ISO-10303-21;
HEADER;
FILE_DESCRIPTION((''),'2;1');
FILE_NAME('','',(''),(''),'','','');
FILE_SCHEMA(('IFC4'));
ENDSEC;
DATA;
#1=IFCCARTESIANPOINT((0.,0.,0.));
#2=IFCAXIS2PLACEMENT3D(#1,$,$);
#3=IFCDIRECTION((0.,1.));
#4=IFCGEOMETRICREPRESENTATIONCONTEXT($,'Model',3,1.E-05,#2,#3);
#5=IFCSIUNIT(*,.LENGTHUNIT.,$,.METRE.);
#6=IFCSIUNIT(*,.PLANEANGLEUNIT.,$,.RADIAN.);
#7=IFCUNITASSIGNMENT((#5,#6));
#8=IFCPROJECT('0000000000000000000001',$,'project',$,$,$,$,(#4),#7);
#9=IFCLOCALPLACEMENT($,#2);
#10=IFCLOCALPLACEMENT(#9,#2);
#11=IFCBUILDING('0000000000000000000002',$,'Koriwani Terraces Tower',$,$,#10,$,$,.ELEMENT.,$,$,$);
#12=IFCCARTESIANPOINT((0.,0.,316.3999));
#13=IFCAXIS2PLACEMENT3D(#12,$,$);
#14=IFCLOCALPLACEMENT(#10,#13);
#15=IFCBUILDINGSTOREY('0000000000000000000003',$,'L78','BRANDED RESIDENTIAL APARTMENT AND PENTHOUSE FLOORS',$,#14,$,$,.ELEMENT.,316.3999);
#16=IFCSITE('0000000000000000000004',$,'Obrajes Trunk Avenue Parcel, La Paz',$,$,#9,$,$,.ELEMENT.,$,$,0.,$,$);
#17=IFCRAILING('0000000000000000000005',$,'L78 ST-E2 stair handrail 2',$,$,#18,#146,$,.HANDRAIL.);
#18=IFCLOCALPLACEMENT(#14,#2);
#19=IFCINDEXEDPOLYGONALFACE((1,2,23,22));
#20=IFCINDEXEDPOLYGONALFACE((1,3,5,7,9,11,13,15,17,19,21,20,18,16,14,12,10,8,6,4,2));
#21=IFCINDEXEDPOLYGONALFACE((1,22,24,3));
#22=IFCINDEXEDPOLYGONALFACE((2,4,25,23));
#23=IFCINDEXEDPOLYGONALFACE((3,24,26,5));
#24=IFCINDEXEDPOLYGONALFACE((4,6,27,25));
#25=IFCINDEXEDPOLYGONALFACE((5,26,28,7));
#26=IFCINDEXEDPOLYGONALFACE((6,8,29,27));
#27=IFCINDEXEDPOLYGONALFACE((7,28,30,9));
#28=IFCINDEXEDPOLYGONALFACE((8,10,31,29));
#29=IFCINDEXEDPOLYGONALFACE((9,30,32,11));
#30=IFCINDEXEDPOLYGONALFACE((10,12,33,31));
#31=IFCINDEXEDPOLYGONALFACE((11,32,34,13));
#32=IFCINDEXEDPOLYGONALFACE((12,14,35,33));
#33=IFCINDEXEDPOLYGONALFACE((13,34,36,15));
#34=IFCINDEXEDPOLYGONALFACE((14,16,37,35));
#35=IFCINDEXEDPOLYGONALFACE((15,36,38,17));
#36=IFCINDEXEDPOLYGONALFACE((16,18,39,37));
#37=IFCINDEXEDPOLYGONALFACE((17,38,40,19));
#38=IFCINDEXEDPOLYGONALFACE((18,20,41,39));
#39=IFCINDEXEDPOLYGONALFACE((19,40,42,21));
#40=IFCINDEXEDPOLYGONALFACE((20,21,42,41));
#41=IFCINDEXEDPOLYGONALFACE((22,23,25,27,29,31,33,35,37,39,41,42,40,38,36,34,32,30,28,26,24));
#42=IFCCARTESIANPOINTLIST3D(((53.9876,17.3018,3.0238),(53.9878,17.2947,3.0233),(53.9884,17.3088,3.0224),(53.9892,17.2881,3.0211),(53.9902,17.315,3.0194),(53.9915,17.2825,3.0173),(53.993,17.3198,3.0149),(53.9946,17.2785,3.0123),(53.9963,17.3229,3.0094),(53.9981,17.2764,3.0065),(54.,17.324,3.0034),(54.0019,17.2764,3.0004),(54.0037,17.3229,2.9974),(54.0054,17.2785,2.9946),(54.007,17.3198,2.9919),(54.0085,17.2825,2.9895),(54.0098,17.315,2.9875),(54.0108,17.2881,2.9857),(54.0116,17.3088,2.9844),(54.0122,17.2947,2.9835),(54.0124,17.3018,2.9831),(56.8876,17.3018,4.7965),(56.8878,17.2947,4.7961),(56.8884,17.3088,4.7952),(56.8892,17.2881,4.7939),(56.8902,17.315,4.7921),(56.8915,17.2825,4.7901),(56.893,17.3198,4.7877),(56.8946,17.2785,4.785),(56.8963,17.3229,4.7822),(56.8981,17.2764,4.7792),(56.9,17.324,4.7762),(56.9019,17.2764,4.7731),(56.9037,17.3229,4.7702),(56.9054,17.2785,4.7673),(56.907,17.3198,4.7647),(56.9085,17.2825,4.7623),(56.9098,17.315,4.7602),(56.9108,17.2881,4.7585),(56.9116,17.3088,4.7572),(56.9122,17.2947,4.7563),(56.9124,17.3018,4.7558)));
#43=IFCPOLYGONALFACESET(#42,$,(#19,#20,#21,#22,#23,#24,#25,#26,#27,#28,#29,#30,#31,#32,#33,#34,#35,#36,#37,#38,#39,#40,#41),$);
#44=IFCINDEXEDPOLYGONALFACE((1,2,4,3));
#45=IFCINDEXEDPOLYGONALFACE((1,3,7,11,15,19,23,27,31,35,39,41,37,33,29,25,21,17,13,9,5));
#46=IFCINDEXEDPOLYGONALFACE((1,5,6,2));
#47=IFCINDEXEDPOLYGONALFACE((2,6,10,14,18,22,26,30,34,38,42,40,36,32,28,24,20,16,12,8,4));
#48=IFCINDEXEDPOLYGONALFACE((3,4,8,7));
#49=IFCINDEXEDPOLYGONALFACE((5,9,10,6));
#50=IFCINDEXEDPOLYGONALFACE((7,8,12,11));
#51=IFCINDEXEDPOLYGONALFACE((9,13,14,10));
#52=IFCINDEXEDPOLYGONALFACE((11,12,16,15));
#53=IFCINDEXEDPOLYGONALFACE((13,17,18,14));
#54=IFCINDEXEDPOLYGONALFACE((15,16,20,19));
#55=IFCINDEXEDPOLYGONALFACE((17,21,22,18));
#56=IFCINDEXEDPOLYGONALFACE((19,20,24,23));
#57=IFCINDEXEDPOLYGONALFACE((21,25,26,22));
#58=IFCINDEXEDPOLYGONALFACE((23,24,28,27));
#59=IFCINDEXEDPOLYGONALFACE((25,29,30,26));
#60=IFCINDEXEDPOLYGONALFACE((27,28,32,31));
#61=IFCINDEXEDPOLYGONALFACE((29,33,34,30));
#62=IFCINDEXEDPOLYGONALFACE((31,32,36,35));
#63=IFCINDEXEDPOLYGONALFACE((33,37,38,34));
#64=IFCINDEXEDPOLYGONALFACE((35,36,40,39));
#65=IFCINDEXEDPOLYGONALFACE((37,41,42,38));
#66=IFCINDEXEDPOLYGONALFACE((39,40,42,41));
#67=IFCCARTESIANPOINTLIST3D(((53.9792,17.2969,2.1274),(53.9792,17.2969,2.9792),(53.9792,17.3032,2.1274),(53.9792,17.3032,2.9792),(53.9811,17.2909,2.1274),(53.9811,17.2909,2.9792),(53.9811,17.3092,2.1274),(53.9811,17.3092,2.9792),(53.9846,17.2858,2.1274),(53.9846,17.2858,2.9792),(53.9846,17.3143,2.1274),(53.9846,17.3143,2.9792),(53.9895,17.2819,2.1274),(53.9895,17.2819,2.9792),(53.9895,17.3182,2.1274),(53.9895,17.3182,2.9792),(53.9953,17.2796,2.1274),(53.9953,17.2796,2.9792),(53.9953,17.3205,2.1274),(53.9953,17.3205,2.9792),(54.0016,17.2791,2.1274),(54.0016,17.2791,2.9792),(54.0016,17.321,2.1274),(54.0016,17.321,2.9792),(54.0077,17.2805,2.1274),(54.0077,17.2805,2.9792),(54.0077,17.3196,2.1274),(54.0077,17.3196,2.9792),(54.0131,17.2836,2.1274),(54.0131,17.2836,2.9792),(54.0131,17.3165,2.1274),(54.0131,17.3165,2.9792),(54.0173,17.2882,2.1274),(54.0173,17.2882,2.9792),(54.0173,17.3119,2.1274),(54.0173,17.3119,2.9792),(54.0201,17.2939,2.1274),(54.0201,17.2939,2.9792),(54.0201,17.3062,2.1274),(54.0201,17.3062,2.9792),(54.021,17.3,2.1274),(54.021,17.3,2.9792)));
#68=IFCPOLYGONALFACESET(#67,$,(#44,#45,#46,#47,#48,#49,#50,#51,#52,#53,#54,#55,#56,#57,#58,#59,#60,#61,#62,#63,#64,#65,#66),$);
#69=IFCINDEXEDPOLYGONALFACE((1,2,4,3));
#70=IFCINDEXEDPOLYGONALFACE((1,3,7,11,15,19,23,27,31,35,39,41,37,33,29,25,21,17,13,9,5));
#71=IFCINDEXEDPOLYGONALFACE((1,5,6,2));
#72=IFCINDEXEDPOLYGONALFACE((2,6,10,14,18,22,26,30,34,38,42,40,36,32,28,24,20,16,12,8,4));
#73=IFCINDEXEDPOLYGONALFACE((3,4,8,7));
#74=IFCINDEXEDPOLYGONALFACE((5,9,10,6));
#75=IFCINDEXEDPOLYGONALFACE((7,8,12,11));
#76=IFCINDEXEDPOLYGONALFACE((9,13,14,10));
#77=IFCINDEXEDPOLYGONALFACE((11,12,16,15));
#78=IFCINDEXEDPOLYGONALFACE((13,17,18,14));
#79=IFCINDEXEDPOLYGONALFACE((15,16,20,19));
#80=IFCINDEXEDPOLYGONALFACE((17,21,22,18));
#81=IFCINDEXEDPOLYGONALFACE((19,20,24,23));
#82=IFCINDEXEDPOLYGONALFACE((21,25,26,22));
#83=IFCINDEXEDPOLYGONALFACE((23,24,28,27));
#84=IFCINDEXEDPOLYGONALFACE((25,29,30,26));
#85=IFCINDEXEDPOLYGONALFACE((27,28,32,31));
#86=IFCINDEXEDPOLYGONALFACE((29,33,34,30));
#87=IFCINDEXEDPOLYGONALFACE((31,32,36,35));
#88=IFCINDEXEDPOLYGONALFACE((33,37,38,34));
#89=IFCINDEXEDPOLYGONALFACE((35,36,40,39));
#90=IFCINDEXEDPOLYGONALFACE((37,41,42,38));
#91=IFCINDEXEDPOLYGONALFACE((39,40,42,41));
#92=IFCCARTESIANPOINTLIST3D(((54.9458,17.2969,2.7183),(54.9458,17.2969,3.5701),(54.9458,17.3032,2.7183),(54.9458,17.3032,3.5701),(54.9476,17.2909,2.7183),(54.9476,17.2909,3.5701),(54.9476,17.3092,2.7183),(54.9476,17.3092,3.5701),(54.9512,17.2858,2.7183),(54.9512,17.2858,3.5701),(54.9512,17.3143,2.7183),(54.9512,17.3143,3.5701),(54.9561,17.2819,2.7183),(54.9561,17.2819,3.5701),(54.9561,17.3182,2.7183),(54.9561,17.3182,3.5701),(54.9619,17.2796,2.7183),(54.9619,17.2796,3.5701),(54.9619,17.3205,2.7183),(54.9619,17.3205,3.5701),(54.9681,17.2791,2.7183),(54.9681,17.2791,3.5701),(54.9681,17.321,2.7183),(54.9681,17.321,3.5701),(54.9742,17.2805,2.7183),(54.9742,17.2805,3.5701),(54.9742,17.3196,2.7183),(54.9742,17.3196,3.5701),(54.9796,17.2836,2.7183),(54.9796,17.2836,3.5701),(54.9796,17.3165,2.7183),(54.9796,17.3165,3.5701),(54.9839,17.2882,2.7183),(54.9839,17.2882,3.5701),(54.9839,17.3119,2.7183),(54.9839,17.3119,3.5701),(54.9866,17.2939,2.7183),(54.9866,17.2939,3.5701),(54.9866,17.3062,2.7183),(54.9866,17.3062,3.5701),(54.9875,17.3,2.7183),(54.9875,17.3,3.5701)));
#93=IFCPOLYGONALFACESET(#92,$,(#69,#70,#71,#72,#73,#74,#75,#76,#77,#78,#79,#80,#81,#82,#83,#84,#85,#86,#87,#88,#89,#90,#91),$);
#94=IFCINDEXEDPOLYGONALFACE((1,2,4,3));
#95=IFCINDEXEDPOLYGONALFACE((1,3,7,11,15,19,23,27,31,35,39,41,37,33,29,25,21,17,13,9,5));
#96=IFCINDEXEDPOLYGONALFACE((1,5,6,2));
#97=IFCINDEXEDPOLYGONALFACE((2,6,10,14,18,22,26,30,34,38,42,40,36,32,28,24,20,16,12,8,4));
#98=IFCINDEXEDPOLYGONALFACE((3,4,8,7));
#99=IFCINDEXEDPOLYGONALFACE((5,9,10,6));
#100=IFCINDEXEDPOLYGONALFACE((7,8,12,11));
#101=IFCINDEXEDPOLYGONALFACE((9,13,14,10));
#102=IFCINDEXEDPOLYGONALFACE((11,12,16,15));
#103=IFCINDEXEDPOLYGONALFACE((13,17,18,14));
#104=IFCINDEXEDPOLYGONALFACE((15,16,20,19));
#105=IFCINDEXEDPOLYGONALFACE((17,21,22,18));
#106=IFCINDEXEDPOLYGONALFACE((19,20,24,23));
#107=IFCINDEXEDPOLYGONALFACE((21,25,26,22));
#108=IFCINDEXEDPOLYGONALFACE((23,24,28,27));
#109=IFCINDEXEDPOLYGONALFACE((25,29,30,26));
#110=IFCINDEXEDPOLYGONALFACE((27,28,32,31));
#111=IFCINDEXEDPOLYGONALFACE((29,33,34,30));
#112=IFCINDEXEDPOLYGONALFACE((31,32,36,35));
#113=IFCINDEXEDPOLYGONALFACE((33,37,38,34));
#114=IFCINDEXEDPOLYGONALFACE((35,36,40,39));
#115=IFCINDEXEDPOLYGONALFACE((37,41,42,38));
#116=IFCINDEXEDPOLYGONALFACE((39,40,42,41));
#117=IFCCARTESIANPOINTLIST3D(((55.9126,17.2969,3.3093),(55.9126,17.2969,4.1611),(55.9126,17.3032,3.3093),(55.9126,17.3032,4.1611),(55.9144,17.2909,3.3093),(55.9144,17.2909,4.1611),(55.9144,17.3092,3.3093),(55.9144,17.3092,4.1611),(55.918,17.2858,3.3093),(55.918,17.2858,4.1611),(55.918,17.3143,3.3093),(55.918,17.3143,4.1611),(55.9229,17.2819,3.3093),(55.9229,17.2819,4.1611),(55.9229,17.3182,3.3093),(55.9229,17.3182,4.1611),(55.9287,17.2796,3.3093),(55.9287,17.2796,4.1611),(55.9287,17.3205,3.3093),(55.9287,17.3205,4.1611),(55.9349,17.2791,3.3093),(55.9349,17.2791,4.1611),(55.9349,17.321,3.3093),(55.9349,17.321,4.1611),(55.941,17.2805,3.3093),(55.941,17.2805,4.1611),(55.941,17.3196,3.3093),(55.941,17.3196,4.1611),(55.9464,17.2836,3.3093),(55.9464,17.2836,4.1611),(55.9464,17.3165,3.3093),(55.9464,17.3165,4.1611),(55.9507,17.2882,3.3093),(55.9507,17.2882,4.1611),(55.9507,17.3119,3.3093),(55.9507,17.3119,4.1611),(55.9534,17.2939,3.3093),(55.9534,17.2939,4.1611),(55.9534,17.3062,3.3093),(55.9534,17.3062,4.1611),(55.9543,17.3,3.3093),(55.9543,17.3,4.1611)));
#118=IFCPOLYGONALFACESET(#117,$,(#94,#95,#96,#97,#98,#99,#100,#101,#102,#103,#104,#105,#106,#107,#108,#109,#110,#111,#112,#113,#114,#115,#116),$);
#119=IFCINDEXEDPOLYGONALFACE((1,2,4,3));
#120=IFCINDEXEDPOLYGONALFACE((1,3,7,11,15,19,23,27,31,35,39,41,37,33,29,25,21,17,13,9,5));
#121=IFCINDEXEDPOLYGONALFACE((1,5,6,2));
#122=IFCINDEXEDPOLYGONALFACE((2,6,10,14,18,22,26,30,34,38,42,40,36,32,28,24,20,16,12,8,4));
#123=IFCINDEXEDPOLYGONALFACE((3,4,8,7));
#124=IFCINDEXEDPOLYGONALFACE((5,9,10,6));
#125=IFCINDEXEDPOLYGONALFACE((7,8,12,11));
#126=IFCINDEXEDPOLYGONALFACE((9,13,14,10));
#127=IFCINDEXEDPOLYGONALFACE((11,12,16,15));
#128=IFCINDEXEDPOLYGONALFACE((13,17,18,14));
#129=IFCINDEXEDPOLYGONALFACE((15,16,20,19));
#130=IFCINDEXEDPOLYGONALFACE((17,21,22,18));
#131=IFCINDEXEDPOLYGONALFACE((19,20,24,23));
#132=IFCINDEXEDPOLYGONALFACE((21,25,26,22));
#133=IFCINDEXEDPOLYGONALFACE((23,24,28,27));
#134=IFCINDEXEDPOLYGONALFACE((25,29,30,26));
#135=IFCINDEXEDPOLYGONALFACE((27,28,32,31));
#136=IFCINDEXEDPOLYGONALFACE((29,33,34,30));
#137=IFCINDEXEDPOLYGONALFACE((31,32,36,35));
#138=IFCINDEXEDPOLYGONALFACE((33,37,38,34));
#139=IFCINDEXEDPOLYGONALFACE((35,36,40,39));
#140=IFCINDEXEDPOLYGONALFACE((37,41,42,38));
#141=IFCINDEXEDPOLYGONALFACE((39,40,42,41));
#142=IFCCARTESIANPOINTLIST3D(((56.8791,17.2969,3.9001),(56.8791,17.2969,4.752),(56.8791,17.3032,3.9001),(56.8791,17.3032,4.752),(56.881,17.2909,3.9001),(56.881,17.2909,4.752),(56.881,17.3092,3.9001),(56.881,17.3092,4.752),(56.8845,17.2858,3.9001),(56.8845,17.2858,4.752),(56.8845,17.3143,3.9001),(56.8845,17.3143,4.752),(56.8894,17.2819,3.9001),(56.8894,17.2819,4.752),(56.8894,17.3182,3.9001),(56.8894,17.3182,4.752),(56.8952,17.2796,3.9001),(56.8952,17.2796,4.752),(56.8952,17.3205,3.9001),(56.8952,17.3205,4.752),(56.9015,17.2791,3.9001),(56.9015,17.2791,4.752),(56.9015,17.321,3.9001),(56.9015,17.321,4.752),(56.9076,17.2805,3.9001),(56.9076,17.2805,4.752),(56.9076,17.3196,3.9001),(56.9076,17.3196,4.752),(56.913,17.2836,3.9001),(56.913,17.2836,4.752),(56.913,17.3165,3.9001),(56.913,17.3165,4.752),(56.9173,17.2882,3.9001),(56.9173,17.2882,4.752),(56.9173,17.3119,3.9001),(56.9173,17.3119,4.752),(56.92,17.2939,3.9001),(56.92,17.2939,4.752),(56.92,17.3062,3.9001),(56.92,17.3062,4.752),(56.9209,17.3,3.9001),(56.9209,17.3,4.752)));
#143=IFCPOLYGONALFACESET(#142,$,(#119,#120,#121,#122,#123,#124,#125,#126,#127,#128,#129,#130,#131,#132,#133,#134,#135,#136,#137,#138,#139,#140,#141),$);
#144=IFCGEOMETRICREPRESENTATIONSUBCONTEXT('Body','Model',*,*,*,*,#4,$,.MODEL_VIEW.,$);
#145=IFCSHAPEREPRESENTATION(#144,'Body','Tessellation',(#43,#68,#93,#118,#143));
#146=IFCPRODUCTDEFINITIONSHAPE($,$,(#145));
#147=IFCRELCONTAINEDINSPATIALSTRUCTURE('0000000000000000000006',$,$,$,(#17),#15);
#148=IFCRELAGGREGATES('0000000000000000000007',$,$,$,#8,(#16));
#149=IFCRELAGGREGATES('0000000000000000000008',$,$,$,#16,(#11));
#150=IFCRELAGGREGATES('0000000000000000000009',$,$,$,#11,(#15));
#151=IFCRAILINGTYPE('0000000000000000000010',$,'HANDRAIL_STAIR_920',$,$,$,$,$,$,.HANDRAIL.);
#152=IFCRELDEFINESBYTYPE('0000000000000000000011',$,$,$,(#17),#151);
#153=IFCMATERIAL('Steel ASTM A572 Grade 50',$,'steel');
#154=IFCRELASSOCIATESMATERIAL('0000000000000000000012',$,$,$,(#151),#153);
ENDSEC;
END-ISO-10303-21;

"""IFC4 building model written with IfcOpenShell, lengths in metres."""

from ifc_helpers import new_model, si_unit, direction, frame, origin, origin_2d, place, context, subcontext, project, spatial, circle, extrude, material, type_object, element, save


model = new_model("IFC4")

# Units and contexts
model_context = context("Model", 3, precision=1e-05, world=origin(), true_north=direction((0.0, 1.0)))
body_context = subcontext(model_context, "Body", "Model", "MODEL_VIEW")
ifc_project = project(units=[si_unit("LENGTHUNIT", "METRE"), si_unit("PLANEANGLEUNIT", "RADIAN")], contexts=[model_context])

# Site, building, storey
site_placement = place(None, origin())
site = spatial("IfcSite", under=ifc_project, at=site_placement, Name="Obrajes Trunk Avenue Parcel, La Paz", CompositionType="ELEMENT", RefElevation=0.0)
building_placement = place(site_placement, origin())
building = spatial("IfcBuilding", under=site, at=building_placement, Name="Koriwani Terraces Tower", CompositionType="ELEMENT")
storey_placement = place(building_placement, frame((0.0, 0.0, 316.3999)))
storey = spatial("IfcBuildingStorey", under=building, at=storey_placement, Name="L78", Description="BRANDED RESIDENTIAL APARTMENT AND PENTHOUSE FLOORS", CompositionType="ELEMENT", Elevation=316.3999)

# Shared definitions
ifc_material_1 = material(Name="Steel ASTM A572 Grade 50", Category="steel")

# Railing
railing_type_1 = type_object("IfcRailingType", Name="HANDRAIL_STAIR_920", PredefinedType="HANDRAIL", material=ifc_material_1)
for number, where, name in (
    (1, (54.0, 17.3, 2.1274), "L78 ST-E2 stair handrail 2"),
):
    element("IfcRailing", number, at=place(storey_placement, frame(where)), inside=storey, type_object=railing_type_1, Name=name, PredefinedType="HANDRAIL", context=body_context, shape_type="SweptSolid", body=[
        extrude(circle(Radius=0.0239, at=origin_2d()), frame((0.0, 0.0, 0.876), z_axis=(0.853211, 0.0, 0.521566), x_axis=(0.0, 1.0, 0.0)), (0.0, 0.0, 1.0), 3.3989),
        extrude(circle(Radius=0.021, at=origin_2d()), origin(), (0.0, 0.0, 1.0), 0.8518),
        extrude(circle(Radius=0.021, at=origin_2d()), frame((0.9666, 0.0, 0.5908)), (0.0, 0.0, 1.0), 0.8518),
        extrude(circle(Radius=0.021, at=origin_2d()), frame((1.9333, 0.0, 1.1819)), (0.0, 0.0, 1.0), 0.8518),
        extrude(circle(Radius=0.021, at=origin_2d()), frame((2.8999, 0.0, 1.7727)), (0.0, 0.0, 1.0), 0.8518),
    ])

save(model, "model.ifc")
